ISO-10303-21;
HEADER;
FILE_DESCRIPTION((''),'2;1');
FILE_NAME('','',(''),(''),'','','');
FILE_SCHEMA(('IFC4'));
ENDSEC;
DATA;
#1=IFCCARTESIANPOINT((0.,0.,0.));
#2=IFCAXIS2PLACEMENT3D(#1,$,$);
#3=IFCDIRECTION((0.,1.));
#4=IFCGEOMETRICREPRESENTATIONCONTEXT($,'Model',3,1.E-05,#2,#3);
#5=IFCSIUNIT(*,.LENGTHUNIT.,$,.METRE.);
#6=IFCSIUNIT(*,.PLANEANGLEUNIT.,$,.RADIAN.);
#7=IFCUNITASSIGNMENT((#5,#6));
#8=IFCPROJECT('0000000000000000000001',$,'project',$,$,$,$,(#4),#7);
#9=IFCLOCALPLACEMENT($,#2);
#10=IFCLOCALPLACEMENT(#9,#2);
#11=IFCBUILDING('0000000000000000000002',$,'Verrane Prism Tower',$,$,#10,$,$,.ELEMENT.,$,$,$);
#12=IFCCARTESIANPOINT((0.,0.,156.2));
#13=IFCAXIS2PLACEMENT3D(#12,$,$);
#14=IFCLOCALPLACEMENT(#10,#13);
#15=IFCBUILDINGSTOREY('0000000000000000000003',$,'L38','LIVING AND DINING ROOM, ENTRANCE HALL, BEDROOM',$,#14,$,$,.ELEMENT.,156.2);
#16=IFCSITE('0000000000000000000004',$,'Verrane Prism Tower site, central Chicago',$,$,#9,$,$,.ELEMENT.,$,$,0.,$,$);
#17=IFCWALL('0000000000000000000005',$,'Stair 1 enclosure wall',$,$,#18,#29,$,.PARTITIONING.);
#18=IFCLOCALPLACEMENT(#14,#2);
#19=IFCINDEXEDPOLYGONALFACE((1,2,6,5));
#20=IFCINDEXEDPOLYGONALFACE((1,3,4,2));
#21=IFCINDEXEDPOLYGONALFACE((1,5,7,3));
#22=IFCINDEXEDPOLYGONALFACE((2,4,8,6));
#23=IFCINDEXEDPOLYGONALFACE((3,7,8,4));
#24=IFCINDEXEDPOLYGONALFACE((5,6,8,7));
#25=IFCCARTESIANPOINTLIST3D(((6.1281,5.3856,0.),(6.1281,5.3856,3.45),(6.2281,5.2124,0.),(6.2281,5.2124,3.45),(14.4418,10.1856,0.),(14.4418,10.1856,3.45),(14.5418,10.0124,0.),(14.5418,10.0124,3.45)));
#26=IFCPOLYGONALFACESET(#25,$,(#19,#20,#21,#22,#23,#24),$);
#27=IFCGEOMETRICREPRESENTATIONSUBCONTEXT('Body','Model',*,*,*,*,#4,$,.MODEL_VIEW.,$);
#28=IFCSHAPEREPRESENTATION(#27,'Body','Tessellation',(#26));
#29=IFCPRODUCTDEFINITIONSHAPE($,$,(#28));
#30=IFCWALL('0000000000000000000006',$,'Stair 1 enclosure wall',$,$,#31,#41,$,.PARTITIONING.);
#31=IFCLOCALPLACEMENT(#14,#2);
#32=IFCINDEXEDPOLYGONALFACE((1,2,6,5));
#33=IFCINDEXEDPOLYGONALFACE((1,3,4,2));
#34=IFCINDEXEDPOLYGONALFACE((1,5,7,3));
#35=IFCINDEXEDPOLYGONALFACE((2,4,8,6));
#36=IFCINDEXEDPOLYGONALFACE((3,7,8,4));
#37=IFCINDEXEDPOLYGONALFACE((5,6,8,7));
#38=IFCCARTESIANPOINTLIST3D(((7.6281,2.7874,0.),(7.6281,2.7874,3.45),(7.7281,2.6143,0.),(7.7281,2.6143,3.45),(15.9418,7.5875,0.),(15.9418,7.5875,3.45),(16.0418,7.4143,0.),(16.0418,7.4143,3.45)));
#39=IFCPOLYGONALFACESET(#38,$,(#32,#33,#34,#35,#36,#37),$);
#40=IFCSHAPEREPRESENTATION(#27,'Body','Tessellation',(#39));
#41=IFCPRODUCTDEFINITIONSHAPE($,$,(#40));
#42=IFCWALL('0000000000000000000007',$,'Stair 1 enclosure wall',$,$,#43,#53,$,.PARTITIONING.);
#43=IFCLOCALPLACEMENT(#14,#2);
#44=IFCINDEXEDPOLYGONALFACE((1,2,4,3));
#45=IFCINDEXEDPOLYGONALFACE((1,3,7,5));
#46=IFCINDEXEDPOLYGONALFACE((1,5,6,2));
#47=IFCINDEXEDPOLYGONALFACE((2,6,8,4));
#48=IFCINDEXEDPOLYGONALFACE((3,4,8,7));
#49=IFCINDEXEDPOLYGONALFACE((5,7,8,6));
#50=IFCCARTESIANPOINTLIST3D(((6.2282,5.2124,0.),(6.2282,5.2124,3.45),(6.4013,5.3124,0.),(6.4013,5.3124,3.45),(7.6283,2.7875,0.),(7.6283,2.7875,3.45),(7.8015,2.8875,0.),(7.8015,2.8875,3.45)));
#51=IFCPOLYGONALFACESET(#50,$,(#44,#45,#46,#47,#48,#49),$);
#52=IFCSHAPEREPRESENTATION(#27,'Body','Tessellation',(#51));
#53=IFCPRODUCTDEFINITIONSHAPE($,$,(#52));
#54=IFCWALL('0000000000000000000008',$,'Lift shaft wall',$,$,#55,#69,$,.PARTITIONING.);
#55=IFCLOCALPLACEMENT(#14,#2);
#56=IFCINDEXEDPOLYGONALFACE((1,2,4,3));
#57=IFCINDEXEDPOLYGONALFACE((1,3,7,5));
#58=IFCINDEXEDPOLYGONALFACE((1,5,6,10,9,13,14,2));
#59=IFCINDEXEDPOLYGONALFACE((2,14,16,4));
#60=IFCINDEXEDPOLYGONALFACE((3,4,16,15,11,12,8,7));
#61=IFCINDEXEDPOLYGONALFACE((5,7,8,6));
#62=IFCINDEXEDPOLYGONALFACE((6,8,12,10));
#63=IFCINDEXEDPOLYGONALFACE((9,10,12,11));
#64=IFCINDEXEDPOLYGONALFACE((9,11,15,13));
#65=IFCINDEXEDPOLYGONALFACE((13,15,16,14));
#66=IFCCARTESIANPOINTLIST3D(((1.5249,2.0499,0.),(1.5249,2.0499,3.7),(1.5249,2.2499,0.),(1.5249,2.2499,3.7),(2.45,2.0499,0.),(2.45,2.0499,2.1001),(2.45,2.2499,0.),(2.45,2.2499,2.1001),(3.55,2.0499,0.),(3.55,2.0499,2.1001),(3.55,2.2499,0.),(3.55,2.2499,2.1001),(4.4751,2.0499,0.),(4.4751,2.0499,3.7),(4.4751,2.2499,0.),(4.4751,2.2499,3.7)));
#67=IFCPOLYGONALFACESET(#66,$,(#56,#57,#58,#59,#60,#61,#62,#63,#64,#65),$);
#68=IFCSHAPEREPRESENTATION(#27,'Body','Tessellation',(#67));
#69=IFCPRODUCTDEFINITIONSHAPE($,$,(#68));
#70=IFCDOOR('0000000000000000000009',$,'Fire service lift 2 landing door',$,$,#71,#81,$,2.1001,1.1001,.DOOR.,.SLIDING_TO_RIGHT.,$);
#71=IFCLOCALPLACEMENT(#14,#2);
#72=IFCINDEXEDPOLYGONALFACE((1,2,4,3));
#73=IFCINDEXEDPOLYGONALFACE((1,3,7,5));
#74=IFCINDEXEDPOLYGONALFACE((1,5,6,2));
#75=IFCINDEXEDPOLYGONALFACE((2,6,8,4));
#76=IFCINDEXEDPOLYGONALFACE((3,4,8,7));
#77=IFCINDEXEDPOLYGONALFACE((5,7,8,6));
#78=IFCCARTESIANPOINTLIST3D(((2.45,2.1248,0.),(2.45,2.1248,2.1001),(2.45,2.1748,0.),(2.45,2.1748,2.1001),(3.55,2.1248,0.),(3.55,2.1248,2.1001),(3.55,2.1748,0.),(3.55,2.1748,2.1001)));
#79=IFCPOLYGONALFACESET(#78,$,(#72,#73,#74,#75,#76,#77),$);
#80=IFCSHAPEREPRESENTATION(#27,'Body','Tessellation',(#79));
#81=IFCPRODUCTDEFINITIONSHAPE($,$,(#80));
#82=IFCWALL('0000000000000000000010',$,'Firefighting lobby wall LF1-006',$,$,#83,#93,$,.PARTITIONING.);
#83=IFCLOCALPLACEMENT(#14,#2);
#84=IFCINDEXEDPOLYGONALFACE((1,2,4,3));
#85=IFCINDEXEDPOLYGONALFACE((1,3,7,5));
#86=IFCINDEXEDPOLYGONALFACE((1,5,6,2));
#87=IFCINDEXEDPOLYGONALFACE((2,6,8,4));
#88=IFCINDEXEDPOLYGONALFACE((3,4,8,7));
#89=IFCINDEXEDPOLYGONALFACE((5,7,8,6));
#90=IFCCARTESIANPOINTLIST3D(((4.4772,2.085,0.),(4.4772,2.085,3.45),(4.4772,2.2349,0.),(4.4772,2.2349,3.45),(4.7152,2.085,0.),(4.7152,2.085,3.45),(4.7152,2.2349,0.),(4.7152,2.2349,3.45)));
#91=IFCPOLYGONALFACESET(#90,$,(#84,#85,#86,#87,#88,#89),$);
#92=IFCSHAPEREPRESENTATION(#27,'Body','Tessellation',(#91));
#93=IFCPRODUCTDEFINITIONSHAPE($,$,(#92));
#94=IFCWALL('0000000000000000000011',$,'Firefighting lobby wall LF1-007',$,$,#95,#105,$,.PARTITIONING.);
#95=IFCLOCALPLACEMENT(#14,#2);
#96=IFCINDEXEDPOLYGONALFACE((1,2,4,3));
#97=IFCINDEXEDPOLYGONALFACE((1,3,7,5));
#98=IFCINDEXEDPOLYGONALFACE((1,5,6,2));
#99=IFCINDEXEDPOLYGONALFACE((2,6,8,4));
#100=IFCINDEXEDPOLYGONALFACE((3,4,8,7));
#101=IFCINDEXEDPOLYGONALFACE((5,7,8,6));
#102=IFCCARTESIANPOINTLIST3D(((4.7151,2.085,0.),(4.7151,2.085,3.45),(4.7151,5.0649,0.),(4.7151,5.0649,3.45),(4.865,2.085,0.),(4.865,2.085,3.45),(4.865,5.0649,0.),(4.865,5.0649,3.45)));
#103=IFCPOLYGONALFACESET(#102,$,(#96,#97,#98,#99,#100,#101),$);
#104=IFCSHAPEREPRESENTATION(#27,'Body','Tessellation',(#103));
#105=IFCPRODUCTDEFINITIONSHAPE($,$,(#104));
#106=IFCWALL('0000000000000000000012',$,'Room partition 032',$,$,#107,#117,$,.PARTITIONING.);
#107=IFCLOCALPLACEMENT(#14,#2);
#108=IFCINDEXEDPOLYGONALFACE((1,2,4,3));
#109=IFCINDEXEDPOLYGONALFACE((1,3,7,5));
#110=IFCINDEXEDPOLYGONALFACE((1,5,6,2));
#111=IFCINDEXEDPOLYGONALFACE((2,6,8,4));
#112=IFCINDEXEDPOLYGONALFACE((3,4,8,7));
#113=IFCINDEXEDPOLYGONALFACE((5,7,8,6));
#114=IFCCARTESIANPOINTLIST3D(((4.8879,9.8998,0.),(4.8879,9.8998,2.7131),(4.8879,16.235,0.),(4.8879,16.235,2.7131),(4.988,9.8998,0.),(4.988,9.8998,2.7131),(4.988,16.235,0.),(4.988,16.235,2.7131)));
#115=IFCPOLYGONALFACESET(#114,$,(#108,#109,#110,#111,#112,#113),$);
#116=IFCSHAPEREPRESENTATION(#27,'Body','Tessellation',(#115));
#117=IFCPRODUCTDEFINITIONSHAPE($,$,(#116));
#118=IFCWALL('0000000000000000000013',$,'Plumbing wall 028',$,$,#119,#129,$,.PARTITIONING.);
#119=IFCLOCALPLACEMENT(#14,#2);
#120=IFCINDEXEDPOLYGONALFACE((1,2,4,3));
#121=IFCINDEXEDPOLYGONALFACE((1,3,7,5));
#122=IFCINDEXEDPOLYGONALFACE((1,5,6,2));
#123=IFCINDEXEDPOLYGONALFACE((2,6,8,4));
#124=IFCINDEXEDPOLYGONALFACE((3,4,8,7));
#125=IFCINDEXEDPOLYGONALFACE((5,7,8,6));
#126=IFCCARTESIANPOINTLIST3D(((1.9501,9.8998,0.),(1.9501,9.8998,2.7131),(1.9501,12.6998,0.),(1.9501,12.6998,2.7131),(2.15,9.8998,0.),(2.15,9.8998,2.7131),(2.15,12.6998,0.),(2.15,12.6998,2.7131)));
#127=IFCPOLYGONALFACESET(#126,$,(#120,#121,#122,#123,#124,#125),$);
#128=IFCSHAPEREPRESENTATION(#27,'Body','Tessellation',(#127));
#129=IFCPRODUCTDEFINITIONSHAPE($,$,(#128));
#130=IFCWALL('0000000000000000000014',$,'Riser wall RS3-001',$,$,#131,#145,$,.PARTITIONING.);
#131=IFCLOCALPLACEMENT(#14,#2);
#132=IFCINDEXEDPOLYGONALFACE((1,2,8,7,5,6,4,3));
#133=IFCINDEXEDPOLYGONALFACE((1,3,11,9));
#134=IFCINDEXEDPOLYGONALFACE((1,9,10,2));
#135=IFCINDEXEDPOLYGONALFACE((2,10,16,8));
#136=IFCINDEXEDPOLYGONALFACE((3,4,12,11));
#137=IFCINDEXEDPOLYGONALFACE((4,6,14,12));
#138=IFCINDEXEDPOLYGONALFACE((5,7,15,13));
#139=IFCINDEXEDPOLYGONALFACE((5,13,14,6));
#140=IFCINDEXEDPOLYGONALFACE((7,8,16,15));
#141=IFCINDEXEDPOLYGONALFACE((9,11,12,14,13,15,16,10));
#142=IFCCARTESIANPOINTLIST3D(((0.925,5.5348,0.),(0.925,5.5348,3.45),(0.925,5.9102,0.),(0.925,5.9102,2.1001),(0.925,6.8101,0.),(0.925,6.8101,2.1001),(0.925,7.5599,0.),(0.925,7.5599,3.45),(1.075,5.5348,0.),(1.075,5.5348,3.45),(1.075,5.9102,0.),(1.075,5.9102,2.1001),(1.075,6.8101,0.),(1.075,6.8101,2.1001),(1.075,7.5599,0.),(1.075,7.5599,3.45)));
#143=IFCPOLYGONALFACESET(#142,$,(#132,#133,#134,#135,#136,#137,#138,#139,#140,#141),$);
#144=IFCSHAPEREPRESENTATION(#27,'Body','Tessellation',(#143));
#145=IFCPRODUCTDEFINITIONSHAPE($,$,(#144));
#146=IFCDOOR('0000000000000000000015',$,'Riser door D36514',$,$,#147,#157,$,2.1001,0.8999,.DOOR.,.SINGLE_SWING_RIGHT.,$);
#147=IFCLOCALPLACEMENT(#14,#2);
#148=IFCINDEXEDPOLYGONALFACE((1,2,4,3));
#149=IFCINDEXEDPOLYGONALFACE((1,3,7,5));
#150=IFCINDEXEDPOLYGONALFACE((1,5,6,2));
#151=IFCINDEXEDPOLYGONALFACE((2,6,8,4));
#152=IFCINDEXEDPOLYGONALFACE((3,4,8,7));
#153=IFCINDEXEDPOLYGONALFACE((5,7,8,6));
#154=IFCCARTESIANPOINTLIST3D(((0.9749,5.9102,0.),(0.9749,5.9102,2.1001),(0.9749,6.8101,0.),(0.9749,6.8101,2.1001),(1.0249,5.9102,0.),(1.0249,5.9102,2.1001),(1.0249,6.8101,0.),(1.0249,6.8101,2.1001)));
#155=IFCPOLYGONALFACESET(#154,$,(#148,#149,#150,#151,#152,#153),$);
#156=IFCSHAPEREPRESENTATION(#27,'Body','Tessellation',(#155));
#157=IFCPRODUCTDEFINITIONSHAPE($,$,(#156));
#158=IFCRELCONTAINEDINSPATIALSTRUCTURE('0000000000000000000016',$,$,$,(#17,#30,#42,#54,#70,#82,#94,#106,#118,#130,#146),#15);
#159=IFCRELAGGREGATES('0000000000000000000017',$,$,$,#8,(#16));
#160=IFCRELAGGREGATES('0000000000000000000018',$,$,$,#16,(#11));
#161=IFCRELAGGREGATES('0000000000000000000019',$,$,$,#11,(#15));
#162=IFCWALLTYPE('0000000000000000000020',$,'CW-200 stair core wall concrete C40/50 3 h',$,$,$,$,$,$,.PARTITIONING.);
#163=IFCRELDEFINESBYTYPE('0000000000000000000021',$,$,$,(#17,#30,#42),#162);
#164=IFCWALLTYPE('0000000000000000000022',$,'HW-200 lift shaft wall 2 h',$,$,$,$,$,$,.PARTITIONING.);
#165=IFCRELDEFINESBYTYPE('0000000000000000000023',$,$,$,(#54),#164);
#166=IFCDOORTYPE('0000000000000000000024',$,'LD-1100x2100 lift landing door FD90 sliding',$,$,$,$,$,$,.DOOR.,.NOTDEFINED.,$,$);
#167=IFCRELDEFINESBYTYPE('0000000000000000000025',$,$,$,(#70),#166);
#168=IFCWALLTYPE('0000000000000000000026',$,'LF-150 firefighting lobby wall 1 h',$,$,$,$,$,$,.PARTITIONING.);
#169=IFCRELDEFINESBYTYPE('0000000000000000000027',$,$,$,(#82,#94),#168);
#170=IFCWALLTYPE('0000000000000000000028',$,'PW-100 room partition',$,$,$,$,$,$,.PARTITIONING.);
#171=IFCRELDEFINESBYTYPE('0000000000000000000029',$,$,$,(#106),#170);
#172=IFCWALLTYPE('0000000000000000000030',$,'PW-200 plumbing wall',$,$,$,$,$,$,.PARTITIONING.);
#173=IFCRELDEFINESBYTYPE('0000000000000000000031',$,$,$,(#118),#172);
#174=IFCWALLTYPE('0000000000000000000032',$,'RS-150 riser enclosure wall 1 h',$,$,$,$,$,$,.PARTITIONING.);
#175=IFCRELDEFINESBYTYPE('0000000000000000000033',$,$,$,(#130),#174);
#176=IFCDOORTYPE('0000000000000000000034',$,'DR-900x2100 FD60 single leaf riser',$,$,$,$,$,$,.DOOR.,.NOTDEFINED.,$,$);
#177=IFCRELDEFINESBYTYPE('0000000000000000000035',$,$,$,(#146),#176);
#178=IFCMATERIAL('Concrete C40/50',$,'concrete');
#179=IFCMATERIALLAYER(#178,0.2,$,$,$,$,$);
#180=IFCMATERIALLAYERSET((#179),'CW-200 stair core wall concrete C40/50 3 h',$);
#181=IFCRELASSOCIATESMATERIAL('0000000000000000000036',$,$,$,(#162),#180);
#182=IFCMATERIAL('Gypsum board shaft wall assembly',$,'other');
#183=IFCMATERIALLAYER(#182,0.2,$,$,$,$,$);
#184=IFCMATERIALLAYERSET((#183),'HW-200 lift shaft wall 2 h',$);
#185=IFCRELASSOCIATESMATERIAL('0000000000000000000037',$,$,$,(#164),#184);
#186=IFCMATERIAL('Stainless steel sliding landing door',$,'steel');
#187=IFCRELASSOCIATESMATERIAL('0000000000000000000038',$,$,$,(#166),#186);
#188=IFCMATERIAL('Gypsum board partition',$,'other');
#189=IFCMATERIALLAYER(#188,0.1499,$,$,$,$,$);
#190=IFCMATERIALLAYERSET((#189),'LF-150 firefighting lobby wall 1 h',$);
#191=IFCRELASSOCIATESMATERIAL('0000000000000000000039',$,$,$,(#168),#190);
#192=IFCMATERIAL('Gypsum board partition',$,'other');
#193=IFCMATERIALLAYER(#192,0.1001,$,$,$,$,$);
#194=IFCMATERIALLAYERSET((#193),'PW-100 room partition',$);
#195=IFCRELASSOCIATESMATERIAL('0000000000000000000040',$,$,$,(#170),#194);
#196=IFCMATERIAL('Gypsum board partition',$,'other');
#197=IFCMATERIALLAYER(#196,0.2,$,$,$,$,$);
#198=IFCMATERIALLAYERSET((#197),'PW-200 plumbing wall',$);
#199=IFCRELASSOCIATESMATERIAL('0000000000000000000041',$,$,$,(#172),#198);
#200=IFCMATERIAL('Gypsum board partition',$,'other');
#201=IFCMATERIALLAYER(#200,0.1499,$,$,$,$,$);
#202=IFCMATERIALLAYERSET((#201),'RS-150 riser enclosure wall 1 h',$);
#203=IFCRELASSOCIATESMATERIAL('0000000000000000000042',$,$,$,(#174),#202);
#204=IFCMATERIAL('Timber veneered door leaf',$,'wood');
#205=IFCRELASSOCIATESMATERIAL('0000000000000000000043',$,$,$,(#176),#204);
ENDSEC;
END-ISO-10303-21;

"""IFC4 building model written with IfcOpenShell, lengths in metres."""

from ifc_helpers import new_model, si_unit, direction, frame, frame_2d, origin, place, context, subcontext, project, spatial, rectangle, extrude, material, layer, layer_set, type_object, element, fill, save


model = new_model("IFC4")

# Units and contexts
model_context = context("Model", 3, precision=1e-05, world=origin(), true_north=direction((0.0, 1.0)))
body_context = subcontext(model_context, "Body", "Model", "MODEL_VIEW")
ifc_project = project(units=[si_unit("LENGTHUNIT", "METRE"), si_unit("PLANEANGLEUNIT", "RADIAN")], contexts=[model_context])

# Site, building, storey
site_placement = place(None, origin())
site = spatial("IfcSite", under=ifc_project, at=site_placement, Name="Verrane Prism Tower site, central Chicago", CompositionType="ELEMENT", RefElevation=0.0)
building_placement = place(site_placement, origin())
building = spatial("IfcBuilding", under=site, at=building_placement, Name="Verrane Prism Tower", CompositionType="ELEMENT")
storey_placement = place(building_placement, frame((0.0, 0.0, 156.2)))
storey = spatial("IfcBuildingStorey", under=building, at=storey_placement, Name="L38", Description="LIVING AND DINING ROOM, ENTRANCE HALL, BEDROOM", CompositionType="ELEMENT", Elevation=156.2)

# Walls
ifc_material_1 = material(Name="Concrete C40/50", Category="concrete")
ifc_layer_1 = layer(ifc_material_1, 0.2)
ifc_layer_set_1 = layer_set([ifc_layer_1], Name="CW-200 stair core wall concrete C40/50 3 h")
wall_type_1 = type_object("IfcWallType", Name="CW-200 stair core wall concrete C40/50 3 h", PredefinedType="PARTITIONING", material=ifc_layer_set_1)
for number, where, z_axis, x_axis, name in (
    (1, (6.1782, 5.2991, 0.0), (0.0, 0.0, 1.0), (0.86602, 0.500009, 0.0), "Stair 1 enclosure wall"),
    (2, (7.6782, 2.7009, 0.0), (0.0, 0.0, 1.0), (0.86602, 0.500009, 0.0), "Stair 1 enclosure wall"),
):
    element("IfcWall", number, at=place(storey_placement, frame(where, z_axis=z_axis, x_axis=x_axis)), inside=storey, type_object=wall_type_1, Name=name, PredefinedType="PARTITIONING", context=body_context, shape_type="SweptSolid", body=[
        extrude(rectangle(XDim=9.5999, YDim=0.2, at=frame_2d((4.7998, 0.0))), origin(), (0.0, 0.0, 1.0), 3.45),
    ])
wall_1_placement = place(storey_placement, frame((7.7148, 2.8376, 0.0), z_axis=(0.0, 0.0, 1.0), x_axis=(-0.50005, 0.865997, 0.0)))
element("IfcWall", 3, at=wall_1_placement, inside=storey, type_object=wall_type_1, Name="Stair 1 enclosure wall", PredefinedType="PARTITIONING", context=body_context, shape_type="SweptSolid", body=[
    extrude(rectangle(XDim=2.8, YDim=0.2, at=frame_2d((1.3999, 0.0))), origin(), (0.0, 0.0, 1.0), 3.45),
])

# Wall, opening, door
ifc_material_2 = material(Name="Gypsum board shaft wall assembly", Category="other")
ifc_layer_2 = layer(ifc_material_2, 0.2)
ifc_layer_set_2 = layer_set([ifc_layer_2], Name="HW-200 lift shaft wall 2 h")
wall_type_2 = type_object("IfcWallType", Name="HW-200 lift shaft wall 2 h", PredefinedType="PARTITIONING", material=ifc_layer_set_2)
wall_2_placement = place(storey_placement, frame((1.5249, 2.1499, 0.0), z_axis=(0.0, 0.0, 1.0), x_axis=(1.0, 0.0, 0.0)))
wall_2 = element("IfcWall", 4, at=wall_2_placement, inside=storey, type_object=wall_type_2, Name="Lift shaft wall", PredefinedType="PARTITIONING", context=body_context, shape_type="SweptSolid", body=[
    extrude(rectangle(XDim=2.9502, YDim=0.2, at=frame_2d((1.4751, 0.0))), origin(), (0.0, 0.0, 1.0), 3.7),
])
opening_1_placement = place(wall_2_placement, frame((0.925, 0.0, 0.0)))
opening_1 = element("IfcOpeningElement", 5, at=opening_1_placement, cuts=wall_2, PredefinedType="OPENING", context=body_context, shape_type="SweptSolid", body=[
    extrude(rectangle(XDim=1.1001, YDim=2.1001, at=frame_2d((0.55, 1.05))), frame((0.0, 0.1099, 0.0), z_axis=(0.0, -1.0, 0.0), x_axis=(1.0, 0.0, 0.0)), (0.0, 0.0, 1.0), 0.22),
])
ifc_material_3 = material(Name="Stainless steel sliding landing door", Category="steel")
door_type_1 = type_object("IfcDoorType", Name="LD-1100x2100 lift landing door FD90 sliding", OperationType="NOTDEFINED", PredefinedType="DOOR", material=ifc_material_3)
door_1_placement = place(opening_1_placement, origin())
door_1 = element("IfcDoor", 6, at=door_1_placement, inside=storey, type_object=door_type_1, Name="Fire service lift 2 landing door", OperationType="SLIDING_TO_RIGHT", OverallHeight=2.1001, OverallWidth=1.1001, PredefinedType="DOOR", context=body_context, shape_type="SweptSolid", body=[
    extrude(rectangle(XDim=1.1001, YDim=2.1001, at=frame_2d((0.55, 1.05))), frame((0.0, 0.0249, 0.0), z_axis=(0.0, -1.0, 0.0), x_axis=(1.0, 0.0, 0.0)), (0.0, 0.0, 1.0), 0.05),
])
fill(opening_1, door_1)

# Walls
ifc_material_4 = material(Name="Gypsum board partition", Category="other")
ifc_layer_3 = layer(ifc_material_4, 0.1499)
ifc_layer_set_3 = layer_set([ifc_layer_3], Name="LF-150 firefighting lobby wall 1 h")
wall_type_3 = type_object("IfcWallType", Name="LF-150 firefighting lobby wall 1 h", PredefinedType="PARTITIONING", material=ifc_layer_set_3)
wall_3_placement = place(storey_placement, frame((4.4771, 2.1599, 0.0), z_axis=(0.0, 0.0, 1.0), x_axis=(1.0, 0.0, 0.0)))
element("IfcWall", 7, at=wall_3_placement, inside=storey, type_object=wall_type_3, Name="Firefighting lobby wall LF1-006", PredefinedType="PARTITIONING", context=body_context, shape_type="SweptSolid", body=[
    extrude(rectangle(XDim=0.238, YDim=0.1499, at=frame_2d((0.1191, 0.0))), origin(), (0.0, 0.0, 1.0), 3.45),
])
wall_4_placement = place(storey_placement, frame((4.79, 2.085, 0.0), z_axis=(0.0, 0.0, 1.0), x_axis=(0.0, 1.0, 0.0)))
element("IfcWall", 8, at=wall_4_placement, inside=storey, type_object=wall_type_3, Name="Firefighting lobby wall LF1-007", PredefinedType="PARTITIONING", context=body_context, shape_type="SweptSolid", body=[
    extrude(rectangle(XDim=2.98, YDim=0.1499, at=frame_2d((1.49, 0.0))), origin(), (0.0, 0.0, 1.0), 3.45),
])
ifc_material_5 = material(Name="Gypsum board partition", Category="other")
ifc_layer_4 = layer(ifc_material_5, 0.1001)
ifc_layer_set_4 = layer_set([ifc_layer_4], Name="PW-100 room partition")
wall_type_4 = type_object("IfcWallType", Name="PW-100 room partition", PredefinedType="PARTITIONING", material=ifc_layer_set_4)
wall_5_placement = place(storey_placement, frame((4.938, 9.8999, 0.0), z_axis=(0.0, 0.0, 1.0), x_axis=(0.0, 1.0, 0.0)))
element("IfcWall", 9, at=wall_5_placement, inside=storey, type_object=wall_type_4, Name="Room partition 032", PredefinedType="PARTITIONING", context=body_context, shape_type="SweptSolid", body=[
    extrude(rectangle(XDim=6.3352, YDim=0.1001, at=frame_2d((3.1675, 0.0))), origin(), (0.0, 0.0, 1.0), 2.7131),
])
ifc_material_6 = material(Name="Gypsum board partition", Category="other")
ifc_layer_5 = layer(ifc_material_6, 0.2)
ifc_layer_set_5 = layer_set([ifc_layer_5], Name="PW-200 plumbing wall")
wall_type_5 = type_object("IfcWallType", Name="PW-200 plumbing wall", PredefinedType="PARTITIONING", material=ifc_layer_set_5)
wall_6_placement = place(storey_placement, frame((2.05, 9.8999, 0.0), z_axis=(0.0, 0.0, 1.0), x_axis=(0.0, 1.0, 0.0)))
element("IfcWall", 10, at=wall_6_placement, inside=storey, type_object=wall_type_5, Name="Plumbing wall 028", PredefinedType="PARTITIONING", context=body_context, shape_type="SweptSolid", body=[
    extrude(rectangle(XDim=2.8, YDim=0.2, at=frame_2d((1.3999, 0.0))), origin(), (0.0, 0.0, 1.0), 2.7131),
])

# Wall, opening, door
ifc_material_7 = material(Name="Gypsum board partition", Category="other")
ifc_layer_6 = layer(ifc_material_7, 0.1499)
ifc_layer_set_6 = layer_set([ifc_layer_6], Name="RS-150 riser enclosure wall 1 h")
wall_type_6 = type_object("IfcWallType", Name="RS-150 riser enclosure wall 1 h", PredefinedType="PARTITIONING", material=ifc_layer_set_6)
wall_7_placement = place(storey_placement, frame((1.0, 7.5601, 0.0), z_axis=(0.0, 0.0, 1.0), x_axis=(0.0, -1.0, 0.0)))
wall_7 = element("IfcWall", 11, at=wall_7_placement, inside=storey, type_object=wall_type_6, Name="Riser wall RS3-001", PredefinedType="PARTITIONING", context=body_context, shape_type="SweptSolid", body=[
    extrude(rectangle(XDim=2.0251, YDim=0.1499, at=frame_2d((1.0127, 0.0))), origin(), (0.0, 0.0, 1.0), 3.45),
])
opening_2_placement = place(wall_7_placement, frame((0.75, 0.0, 0.0)))
opening_2 = element("IfcOpeningElement", 12, at=opening_2_placement, cuts=wall_7, PredefinedType="OPENING", context=body_context, shape_type="SweptSolid", body=[
    extrude(rectangle(XDim=0.8999, YDim=2.1001, at=frame_2d((0.45, 1.05))), frame((0.0, 0.085, 0.0), z_axis=(0.0, -1.0, 0.0), x_axis=(1.0, 0.0, 0.0)), (0.0, 0.0, 1.0), 0.1699),
])
ifc_material_8 = material(Name="Timber veneered door leaf", Category="wood")
door_type_2 = type_object("IfcDoorType", Name="DR-900x2100 FD60 single leaf riser", OperationType="NOTDEFINED", PredefinedType="DOOR", material=ifc_material_8)
door_2_placement = place(opening_2_placement, origin())
door_2 = element("IfcDoor", 13, at=door_2_placement, inside=storey, type_object=door_type_2, Name="Riser door D36514", OperationType="SINGLE_SWING_RIGHT", OverallHeight=2.1001, OverallWidth=0.8999, PredefinedType="DOOR", context=body_context, shape_type="SweptSolid", body=[
    extrude(rectangle(XDim=0.8999, YDim=2.1001, at=frame_2d((0.45, 1.05))), frame((0.0, 0.0249, 0.0), z_axis=(0.0, -1.0, 0.0), x_axis=(1.0, 0.0, 0.0)), (0.0, 0.0, 1.0), 0.05),
])
fill(opening_2, door_2)

save(model, "model.ifc")
